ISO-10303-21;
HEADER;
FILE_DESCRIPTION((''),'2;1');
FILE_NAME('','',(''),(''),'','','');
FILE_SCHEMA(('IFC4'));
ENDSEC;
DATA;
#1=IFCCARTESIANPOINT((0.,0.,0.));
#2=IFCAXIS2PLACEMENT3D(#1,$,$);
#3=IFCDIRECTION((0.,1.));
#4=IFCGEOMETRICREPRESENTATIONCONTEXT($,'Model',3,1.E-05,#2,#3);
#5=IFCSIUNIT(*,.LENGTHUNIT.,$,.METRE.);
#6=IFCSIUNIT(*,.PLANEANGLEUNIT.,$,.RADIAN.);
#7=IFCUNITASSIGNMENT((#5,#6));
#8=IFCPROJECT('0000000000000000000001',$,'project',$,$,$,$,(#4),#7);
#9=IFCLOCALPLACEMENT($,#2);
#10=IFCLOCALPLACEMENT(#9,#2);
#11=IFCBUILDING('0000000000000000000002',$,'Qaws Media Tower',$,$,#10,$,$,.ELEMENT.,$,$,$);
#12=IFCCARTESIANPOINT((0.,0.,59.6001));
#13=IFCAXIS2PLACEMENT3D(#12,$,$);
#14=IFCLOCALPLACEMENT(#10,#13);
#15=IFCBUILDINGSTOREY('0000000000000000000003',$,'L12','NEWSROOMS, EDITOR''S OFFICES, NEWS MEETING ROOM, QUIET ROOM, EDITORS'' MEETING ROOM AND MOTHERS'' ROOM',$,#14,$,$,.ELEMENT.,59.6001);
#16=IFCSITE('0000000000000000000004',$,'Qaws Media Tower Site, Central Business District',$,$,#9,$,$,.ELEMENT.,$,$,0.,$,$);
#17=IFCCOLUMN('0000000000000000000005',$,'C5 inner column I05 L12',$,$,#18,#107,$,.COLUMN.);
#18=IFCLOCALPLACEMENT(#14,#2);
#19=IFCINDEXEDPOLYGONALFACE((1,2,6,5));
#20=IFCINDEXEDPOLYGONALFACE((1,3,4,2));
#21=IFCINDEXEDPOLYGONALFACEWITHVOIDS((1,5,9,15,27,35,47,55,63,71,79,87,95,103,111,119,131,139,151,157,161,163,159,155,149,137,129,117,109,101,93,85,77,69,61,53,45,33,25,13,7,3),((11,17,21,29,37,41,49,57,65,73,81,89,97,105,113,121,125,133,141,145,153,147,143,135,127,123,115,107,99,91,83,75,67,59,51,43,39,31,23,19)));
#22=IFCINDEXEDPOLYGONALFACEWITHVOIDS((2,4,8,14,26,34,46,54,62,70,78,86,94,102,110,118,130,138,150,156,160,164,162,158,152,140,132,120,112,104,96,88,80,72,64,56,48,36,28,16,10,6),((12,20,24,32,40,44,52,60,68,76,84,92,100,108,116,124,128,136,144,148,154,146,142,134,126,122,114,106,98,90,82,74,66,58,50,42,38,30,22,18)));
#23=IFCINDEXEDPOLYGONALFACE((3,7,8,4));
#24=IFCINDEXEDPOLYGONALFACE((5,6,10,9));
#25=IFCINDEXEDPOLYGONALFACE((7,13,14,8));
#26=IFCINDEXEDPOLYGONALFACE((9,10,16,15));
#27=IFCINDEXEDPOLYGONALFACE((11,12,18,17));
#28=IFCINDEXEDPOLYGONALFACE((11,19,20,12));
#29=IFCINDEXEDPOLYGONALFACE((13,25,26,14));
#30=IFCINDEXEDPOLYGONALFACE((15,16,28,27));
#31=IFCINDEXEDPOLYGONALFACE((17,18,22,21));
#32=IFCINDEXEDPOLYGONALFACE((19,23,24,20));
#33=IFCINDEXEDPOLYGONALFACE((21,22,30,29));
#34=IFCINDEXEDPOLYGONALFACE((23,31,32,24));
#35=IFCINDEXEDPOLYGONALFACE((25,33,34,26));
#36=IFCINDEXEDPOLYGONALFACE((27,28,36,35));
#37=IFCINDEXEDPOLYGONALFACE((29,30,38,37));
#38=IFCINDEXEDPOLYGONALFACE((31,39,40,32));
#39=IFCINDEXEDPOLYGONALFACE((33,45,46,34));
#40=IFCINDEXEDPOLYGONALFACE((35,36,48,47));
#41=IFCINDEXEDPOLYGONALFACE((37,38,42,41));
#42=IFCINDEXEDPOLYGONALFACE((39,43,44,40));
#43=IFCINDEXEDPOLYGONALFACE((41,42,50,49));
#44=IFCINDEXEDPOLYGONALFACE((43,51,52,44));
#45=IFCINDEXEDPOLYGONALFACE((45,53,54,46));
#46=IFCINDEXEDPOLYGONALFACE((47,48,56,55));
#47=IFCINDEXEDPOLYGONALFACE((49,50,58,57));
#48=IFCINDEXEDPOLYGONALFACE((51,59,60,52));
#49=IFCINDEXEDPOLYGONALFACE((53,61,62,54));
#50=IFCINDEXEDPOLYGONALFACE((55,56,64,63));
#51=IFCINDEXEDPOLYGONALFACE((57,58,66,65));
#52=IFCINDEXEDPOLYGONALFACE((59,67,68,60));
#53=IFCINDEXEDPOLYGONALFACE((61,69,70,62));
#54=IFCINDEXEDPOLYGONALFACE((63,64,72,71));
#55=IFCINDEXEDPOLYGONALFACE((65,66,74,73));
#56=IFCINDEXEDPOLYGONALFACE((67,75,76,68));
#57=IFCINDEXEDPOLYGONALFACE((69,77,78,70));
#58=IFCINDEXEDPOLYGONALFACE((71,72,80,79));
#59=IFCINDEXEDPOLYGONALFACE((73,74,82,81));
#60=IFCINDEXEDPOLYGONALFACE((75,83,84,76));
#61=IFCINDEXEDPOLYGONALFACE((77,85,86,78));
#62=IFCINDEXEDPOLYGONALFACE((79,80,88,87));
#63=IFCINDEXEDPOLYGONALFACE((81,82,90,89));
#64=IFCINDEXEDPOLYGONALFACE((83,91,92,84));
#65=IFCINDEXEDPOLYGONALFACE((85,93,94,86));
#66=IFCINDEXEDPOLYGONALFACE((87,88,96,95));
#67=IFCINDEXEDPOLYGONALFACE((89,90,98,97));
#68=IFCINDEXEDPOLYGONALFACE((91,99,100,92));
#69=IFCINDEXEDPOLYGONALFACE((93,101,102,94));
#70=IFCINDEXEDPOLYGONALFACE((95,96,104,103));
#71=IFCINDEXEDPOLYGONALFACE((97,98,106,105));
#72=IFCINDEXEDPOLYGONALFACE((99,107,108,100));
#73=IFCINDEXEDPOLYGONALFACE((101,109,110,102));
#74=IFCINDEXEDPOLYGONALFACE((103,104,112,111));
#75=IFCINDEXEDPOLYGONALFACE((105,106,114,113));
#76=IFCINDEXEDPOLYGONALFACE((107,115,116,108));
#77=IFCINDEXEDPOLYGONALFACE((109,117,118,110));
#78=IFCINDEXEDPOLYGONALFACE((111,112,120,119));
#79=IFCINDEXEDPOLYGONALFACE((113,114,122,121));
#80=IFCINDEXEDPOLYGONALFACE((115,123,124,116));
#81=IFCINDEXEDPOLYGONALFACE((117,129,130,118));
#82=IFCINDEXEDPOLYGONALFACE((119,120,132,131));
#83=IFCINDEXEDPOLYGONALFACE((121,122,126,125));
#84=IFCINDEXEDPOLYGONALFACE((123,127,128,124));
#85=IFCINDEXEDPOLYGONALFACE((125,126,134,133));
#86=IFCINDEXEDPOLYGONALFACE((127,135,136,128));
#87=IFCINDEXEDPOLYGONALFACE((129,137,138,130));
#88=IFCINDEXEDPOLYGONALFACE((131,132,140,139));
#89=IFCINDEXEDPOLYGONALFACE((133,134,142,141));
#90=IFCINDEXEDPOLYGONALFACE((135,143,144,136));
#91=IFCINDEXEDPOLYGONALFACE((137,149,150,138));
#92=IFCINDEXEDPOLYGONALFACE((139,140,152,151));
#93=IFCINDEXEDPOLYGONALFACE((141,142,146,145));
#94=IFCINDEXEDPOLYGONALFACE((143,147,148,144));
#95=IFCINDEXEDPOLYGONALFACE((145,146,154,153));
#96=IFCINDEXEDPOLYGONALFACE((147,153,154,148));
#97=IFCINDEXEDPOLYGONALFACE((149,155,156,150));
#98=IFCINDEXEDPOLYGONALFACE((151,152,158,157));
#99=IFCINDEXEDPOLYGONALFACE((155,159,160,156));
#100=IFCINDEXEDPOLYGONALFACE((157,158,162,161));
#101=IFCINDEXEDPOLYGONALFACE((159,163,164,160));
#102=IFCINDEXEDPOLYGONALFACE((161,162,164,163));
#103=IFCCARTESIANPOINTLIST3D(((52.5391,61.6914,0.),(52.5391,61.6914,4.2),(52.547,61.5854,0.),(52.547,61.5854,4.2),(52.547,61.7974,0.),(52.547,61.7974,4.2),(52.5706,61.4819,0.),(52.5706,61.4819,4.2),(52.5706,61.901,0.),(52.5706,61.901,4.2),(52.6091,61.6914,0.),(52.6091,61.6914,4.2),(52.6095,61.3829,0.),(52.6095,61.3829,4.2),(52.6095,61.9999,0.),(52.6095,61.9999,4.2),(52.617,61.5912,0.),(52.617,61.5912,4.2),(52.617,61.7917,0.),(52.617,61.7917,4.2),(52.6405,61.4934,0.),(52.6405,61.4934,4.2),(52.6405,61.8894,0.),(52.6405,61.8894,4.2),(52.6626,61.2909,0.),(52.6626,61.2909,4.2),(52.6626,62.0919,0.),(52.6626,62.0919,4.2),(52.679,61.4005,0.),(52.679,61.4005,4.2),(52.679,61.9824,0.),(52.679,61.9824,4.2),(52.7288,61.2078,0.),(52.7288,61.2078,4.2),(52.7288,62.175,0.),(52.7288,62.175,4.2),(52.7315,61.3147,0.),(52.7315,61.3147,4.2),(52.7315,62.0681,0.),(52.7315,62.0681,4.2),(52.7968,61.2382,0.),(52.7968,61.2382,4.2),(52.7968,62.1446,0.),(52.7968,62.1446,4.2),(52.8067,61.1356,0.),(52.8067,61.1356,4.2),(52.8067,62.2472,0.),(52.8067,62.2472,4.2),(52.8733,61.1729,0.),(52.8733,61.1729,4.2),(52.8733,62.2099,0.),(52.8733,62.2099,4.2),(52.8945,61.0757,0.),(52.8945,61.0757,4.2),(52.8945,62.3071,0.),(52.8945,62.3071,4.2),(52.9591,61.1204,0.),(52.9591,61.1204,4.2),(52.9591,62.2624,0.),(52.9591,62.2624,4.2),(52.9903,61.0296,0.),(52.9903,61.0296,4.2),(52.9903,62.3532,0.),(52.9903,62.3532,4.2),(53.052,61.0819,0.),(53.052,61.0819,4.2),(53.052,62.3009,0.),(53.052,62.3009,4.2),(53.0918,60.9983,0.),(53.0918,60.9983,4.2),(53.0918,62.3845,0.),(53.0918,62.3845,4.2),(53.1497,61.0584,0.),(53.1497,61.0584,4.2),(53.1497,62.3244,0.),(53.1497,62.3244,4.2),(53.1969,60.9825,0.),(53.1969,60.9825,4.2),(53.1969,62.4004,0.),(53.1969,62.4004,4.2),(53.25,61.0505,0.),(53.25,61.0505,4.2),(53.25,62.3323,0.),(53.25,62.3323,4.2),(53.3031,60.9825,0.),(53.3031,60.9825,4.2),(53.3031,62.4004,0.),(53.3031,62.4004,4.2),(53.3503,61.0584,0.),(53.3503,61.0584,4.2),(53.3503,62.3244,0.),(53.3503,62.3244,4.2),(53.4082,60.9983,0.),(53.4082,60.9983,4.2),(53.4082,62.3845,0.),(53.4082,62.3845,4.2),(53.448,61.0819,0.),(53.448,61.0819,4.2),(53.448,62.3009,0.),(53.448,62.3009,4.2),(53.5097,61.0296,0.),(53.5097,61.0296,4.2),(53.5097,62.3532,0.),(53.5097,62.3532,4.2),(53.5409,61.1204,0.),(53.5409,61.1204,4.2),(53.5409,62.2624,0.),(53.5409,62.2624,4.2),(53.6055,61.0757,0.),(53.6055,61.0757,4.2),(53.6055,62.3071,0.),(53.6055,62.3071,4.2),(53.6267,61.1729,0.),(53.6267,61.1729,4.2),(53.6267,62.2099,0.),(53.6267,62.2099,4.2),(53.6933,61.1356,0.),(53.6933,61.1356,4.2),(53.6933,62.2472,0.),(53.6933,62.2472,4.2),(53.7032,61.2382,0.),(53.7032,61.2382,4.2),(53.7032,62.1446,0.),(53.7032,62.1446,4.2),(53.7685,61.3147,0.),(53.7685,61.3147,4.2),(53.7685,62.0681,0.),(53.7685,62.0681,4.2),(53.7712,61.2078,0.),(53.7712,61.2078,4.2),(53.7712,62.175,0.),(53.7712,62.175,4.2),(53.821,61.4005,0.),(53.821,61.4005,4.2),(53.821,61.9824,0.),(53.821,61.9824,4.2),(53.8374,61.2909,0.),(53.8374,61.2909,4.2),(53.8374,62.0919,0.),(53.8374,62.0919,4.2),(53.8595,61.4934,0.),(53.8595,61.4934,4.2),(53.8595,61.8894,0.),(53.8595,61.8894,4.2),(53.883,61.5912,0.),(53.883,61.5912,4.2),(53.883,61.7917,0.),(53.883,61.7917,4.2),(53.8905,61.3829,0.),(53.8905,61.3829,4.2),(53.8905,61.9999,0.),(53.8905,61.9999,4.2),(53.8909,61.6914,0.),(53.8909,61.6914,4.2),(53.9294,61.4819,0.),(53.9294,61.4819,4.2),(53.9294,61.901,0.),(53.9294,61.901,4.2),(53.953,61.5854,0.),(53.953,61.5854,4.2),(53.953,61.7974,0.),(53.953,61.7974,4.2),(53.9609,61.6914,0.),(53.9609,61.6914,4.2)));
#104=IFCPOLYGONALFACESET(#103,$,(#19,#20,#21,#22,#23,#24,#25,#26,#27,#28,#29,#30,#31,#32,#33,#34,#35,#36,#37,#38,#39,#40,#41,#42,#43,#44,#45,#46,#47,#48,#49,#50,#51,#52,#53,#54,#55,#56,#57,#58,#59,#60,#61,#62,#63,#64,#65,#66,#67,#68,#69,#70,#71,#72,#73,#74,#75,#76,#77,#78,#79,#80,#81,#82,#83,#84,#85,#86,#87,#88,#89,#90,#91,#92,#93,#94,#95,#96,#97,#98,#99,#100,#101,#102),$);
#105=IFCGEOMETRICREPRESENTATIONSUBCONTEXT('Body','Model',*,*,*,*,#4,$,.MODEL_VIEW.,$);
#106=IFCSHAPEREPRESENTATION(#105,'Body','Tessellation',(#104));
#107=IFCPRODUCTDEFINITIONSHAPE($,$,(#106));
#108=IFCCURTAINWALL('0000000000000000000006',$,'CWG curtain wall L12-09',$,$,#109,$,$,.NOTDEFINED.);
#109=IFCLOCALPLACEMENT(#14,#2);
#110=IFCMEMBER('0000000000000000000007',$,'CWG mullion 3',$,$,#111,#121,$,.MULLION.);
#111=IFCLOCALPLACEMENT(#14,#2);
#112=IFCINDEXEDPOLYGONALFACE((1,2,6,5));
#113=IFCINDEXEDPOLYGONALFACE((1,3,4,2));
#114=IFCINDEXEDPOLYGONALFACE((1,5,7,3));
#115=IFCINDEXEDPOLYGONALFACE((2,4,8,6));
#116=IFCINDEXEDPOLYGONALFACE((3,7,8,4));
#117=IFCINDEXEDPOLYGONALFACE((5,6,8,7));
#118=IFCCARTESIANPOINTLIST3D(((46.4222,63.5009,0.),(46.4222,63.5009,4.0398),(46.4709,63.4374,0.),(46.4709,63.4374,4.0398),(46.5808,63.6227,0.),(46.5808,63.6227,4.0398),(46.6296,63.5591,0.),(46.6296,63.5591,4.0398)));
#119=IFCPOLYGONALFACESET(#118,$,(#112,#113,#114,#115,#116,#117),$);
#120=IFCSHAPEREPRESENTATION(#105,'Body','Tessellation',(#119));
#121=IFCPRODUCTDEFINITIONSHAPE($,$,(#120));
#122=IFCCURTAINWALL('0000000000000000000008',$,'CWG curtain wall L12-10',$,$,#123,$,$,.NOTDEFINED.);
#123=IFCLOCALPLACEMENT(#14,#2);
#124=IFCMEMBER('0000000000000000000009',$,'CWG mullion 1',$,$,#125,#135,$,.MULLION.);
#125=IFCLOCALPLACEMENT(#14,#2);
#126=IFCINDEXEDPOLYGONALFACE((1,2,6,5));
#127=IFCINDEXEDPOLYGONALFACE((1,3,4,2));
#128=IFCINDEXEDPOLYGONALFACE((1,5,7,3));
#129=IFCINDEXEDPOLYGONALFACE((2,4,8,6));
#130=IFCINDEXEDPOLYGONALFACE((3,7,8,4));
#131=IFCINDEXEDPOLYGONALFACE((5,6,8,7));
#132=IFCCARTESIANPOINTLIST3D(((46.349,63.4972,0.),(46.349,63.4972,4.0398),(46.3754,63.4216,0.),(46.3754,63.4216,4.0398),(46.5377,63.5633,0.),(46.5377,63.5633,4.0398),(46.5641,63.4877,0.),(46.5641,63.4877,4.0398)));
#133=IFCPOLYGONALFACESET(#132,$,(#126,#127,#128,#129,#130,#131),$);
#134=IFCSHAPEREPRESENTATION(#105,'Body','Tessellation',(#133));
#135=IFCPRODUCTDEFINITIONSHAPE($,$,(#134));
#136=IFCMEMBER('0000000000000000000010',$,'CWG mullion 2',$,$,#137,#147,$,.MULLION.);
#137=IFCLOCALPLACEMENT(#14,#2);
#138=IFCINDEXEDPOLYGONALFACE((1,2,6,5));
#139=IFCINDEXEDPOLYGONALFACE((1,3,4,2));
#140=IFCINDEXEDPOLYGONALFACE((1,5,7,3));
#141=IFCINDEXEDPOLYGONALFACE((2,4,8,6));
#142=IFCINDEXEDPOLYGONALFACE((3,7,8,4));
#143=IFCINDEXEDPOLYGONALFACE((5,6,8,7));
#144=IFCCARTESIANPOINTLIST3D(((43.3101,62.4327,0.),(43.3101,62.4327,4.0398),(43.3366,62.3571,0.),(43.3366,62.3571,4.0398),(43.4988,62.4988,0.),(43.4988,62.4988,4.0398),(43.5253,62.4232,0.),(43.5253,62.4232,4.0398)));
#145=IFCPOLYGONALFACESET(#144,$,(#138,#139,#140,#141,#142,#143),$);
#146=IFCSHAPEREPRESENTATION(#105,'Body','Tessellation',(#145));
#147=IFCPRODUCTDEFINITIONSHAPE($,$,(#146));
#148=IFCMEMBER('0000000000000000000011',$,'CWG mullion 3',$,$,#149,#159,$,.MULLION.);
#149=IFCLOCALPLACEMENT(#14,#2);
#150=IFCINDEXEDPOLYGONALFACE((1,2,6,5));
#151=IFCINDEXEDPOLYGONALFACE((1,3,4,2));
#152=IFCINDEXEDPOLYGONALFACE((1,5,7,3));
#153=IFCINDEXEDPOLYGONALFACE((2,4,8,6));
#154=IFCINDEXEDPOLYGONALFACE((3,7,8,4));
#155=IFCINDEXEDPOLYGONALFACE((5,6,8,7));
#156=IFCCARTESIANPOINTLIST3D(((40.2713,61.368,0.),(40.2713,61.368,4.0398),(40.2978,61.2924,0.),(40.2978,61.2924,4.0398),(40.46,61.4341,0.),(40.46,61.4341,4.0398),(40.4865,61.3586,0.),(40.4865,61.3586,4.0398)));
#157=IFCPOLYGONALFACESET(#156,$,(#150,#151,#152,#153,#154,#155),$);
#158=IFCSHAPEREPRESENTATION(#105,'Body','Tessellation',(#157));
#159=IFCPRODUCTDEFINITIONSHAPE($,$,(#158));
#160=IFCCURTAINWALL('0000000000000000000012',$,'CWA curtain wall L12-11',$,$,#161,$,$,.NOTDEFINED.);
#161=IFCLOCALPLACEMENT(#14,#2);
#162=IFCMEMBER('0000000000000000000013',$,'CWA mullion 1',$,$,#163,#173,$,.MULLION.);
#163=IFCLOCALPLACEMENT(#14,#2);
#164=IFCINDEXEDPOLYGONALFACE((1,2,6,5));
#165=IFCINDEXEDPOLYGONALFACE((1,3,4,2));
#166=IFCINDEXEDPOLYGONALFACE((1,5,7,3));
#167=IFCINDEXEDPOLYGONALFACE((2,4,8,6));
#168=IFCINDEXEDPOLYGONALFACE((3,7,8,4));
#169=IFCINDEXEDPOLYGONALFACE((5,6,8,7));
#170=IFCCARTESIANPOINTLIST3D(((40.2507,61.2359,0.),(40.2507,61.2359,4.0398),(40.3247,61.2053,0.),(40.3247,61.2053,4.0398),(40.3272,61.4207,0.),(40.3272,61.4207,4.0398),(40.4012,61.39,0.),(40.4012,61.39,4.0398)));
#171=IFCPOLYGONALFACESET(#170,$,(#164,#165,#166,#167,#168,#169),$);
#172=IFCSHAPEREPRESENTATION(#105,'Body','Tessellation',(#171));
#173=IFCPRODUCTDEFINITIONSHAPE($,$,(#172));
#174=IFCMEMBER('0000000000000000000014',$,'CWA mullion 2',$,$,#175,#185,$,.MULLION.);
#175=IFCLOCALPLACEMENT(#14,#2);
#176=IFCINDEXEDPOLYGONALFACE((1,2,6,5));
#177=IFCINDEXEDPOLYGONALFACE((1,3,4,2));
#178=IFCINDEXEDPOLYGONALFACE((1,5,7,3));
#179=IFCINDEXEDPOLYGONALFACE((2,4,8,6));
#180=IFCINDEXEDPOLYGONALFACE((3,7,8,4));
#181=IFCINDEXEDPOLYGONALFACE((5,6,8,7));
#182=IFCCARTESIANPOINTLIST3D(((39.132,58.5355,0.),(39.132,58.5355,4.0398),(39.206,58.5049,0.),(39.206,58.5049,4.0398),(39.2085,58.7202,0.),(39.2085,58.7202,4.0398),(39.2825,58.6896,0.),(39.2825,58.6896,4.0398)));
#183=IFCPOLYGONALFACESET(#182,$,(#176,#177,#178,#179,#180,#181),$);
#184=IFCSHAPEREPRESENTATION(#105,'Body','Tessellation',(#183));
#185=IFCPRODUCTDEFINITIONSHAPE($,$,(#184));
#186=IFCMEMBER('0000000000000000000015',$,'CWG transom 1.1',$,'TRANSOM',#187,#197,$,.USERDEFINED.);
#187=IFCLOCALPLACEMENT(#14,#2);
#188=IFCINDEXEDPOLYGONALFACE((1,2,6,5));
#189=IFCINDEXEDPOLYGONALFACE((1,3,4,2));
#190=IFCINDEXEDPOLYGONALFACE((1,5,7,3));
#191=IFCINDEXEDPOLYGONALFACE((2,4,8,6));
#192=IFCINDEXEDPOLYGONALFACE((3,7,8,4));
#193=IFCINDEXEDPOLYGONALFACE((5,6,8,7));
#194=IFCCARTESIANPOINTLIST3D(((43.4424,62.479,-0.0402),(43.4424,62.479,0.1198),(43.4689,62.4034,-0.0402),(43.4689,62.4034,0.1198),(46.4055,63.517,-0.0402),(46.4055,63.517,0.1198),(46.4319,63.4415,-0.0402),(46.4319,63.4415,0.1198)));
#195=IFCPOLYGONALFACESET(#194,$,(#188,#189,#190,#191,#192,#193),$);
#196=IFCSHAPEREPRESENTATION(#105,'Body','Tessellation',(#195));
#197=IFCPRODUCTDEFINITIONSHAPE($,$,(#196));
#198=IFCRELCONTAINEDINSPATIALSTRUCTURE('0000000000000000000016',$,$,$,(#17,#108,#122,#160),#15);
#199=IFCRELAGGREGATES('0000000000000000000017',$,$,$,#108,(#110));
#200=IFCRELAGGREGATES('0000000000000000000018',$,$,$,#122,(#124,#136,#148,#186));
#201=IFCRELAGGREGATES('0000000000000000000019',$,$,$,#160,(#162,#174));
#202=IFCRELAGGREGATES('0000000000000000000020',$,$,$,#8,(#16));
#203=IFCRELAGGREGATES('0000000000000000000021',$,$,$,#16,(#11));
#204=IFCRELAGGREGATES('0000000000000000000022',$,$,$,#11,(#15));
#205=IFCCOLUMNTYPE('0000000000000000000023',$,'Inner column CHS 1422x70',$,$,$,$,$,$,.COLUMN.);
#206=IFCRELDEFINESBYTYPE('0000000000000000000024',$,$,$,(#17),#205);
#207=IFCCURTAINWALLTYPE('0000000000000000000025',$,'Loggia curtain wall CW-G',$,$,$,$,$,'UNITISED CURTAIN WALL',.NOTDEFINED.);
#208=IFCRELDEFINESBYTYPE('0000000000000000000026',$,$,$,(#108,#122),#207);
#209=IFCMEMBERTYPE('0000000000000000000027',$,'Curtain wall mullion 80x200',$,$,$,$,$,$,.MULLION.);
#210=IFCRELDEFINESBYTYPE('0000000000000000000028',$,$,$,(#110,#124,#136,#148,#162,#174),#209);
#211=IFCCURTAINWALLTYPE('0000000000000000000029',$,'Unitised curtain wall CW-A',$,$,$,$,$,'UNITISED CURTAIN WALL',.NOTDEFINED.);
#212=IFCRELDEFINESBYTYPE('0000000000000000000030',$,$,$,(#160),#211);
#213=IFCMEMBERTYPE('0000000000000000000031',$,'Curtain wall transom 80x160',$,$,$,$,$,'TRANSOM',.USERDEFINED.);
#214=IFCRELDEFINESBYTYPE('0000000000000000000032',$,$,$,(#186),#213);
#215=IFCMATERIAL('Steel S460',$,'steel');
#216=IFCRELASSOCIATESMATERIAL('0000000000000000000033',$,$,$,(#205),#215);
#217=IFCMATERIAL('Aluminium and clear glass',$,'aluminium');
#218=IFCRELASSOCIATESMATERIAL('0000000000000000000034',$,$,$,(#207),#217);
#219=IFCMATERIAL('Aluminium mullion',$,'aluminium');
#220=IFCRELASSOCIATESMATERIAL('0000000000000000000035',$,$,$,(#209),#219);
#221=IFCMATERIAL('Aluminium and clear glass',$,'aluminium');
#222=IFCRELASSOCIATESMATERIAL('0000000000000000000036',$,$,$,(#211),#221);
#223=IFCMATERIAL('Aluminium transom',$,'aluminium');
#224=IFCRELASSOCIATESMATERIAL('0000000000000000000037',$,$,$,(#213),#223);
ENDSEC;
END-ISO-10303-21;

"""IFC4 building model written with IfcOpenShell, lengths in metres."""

from ifc_helpers import new_model, si_unit, direction, frame, origin, origin_2d, place, context, subcontext, project, spatial, rectangle, hollow_circle, extrude, material, material_profile, profile_set, type_object, element, aggregate, save


model = new_model("IFC4")

# Units and contexts
model_context = context("Model", 3, precision=1e-05, world=origin(), true_north=direction((0.0, 1.0)))
body_context = subcontext(model_context, "Body", "Model", "MODEL_VIEW")
ifc_project = project(units=[si_unit("LENGTHUNIT", "METRE"), si_unit("PLANEANGLEUNIT", "RADIAN")], contexts=[model_context])

# Site, building, storey
site_placement = place(None, origin())
site = spatial("IfcSite", under=ifc_project, at=site_placement, Name="Qaws Media Tower Site, Central Business District", CompositionType="ELEMENT", RefElevation=0.0)
building_placement = place(site_placement, origin())
building = spatial("IfcBuilding", under=site, at=building_placement, Name="Qaws Media Tower", CompositionType="ELEMENT")
storey_placement = place(building_placement, frame((0.0, 0.0, 59.6001)))
storey = spatial("IfcBuildingStorey", under=building, at=storey_placement, Name="L12", Description="NEWSROOMS, EDITOR'S OFFICES, NEWS MEETING ROOM, QUIET ROOM, EDITORS' MEETING ROOM AND MOTHERS' ROOM", CompositionType="ELEMENT", Elevation=59.6001)

# Column
ifc_material_1 = material(Name="Steel S460", Category="steel")
ifc_material_profile_1 = material_profile(ifc_material_1, hollow_circle(Radius=0.7109, WallThickness=0.0701, at=origin_2d()), Name="CHS 1422x70")
ifc_profile_set_1 = profile_set([ifc_material_profile_1], Name="Steel S460")
column_type = type_object("IfcColumnType", Name="Inner column CHS 1422x70", PredefinedType="COLUMN", material=ifc_profile_set_1)
column_placement = place(storey_placement, frame((53.25, 61.6914, 0.0), z_axis=(0.0, 0.0, 1.0), x_axis=(1.0, 0.0, 0.0)))
element("IfcColumn", 1, at=column_placement, inside=storey, type_object=column_type, Name="C5 inner column I05 L12", PredefinedType="COLUMN", context=body_context, shape_type="SweptSolid", body=[
    extrude(hollow_circle(Radius=0.7109, WallThickness=0.0701, at=origin_2d()), origin(), (0.0, 0.0, 1.0), 4.2),
])

# Curtain wall, member
ifc_material_2 = material(Name="Aluminium and clear glass", Category="aluminium")
curtain_wall_type_1 = type_object("IfcCurtainWallType", Name="Loggia curtain wall CW-G", ElementType="UNITISED CURTAIN WALL", PredefinedType="NOTDEFINED", material=ifc_material_2)
curtain_wall_1_placement = place(storey_placement, origin())
curtain_wall_1 = element("IfcCurtainWall", 2, at=curtain_wall_1_placement, inside=storey, type_object=curtain_wall_type_1, Name="CWG curtain wall L12-09", PredefinedType="NOTDEFINED")
ifc_material_3 = material(Name="Aluminium mullion", Category="aluminium")
ifc_material_profile_2 = material_profile(ifc_material_3, rectangle(XDim=0.0801, YDim=0.2, at=origin_2d()), Name="80x200")
ifc_profile_set_2 = profile_set([ifc_material_profile_2], Name="Aluminium mullion")
member_type_1 = type_object("IfcMemberType", Name="Curtain wall mullion 80x200", PredefinedType="MULLION", material=ifc_profile_set_2)
member_1_placement = place(storey_placement, frame((46.5259, 63.53, 0.0), z_axis=(0.0, 0.0, 1.0), x_axis=(0.608761, -0.793353, 0.0)))
member_1 = element("IfcMember", 3, at=member_1_placement, type_object=member_type_1, Name="CWG mullion 3", PredefinedType="MULLION", context=body_context, shape_type="SweptSolid", body=[
    extrude(rectangle(XDim=0.0801, YDim=0.2, at=origin_2d()), origin(), (0.0, 0.0, 1.0), 4.0398),
])
aggregate(curtain_wall_1, [member_1])

# Curtain walls, members
curtain_wall_2_placement = place(storey_placement, origin())
curtain_wall_2 = element("IfcCurtainWall", 4, at=curtain_wall_2_placement, inside=storey, type_object=curtain_wall_type_1, Name="CWG curtain wall L12-10", PredefinedType="NOTDEFINED")
member_2_placement = place(storey_placement, frame((46.4565, 63.4924, 0.0), z_axis=(0.0, 0.0, 1.0), x_axis=(0.330648, -0.943754, 0.0)))
member_2 = element("IfcMember", 5, at=member_2_placement, type_object=member_type_1, Name="CWG mullion 1", PredefinedType="MULLION", context=body_context, shape_type="SweptSolid", body=[
    extrude(rectangle(XDim=0.0801, YDim=0.2, at=origin_2d()), origin(), (0.0, 0.0, 1.0), 4.0398),
])
member_3_placement = place(storey_placement, frame((43.4177, 62.428, 0.0), z_axis=(0.0, 0.0, 1.0), x_axis=(0.330648, -0.943754, 0.0)))
member_3 = element("IfcMember", 6, at=member_3_placement, type_object=member_type_1, Name="CWG mullion 2", PredefinedType="MULLION", context=body_context, shape_type="SweptSolid", body=[
    extrude(rectangle(XDim=0.0801, YDim=0.2, at=origin_2d()), origin(), (0.0, 0.0, 1.0), 4.0398),
])
member_4_placement = place(storey_placement, frame((40.3789, 61.3633, 0.0), z_axis=(0.0, 0.0, 1.0), x_axis=(0.330648, -0.943754, 0.0)))
member_4 = element("IfcMember", 7, at=member_4_placement, type_object=member_type_1, Name="CWG mullion 3", PredefinedType="MULLION", context=body_context, shape_type="SweptSolid", body=[
    extrude(rectangle(XDim=0.0801, YDim=0.2, at=origin_2d()), origin(), (0.0, 0.0, 1.0), 4.0398),
])
ifc_material_4 = material(Name="Aluminium and clear glass", Category="aluminium")
curtain_wall_type_2 = type_object("IfcCurtainWallType", Name="Unitised curtain wall CW-A", ElementType="UNITISED CURTAIN WALL", PredefinedType="NOTDEFINED", material=ifc_material_4)
curtain_wall_3_placement = place(storey_placement, origin())
curtain_wall_3 = element("IfcCurtainWall", 8, at=curtain_wall_3_placement, inside=storey, type_object=curtain_wall_type_2, Name="CWA curtain wall L12-11", PredefinedType="NOTDEFINED")
member_5_placement = place(storey_placement, frame((40.3259, 61.313, 0.0), z_axis=(0.0, 0.0, 1.0), x_axis=(0.92388, -0.382683, 0.0)))
member_5 = element("IfcMember", 9, at=member_5_placement, type_object=member_type_1, Name="CWA mullion 1", PredefinedType="MULLION", context=body_context, shape_type="SweptSolid", body=[
    extrude(rectangle(XDim=0.0801, YDim=0.2, at=origin_2d()), origin(), (0.0, 0.0, 1.0), 4.0398),
])
member_6_placement = place(storey_placement, frame((39.2073, 58.6125, 0.0), z_axis=(0.0, 0.0, 1.0), x_axis=(0.92388, -0.382683, 0.0)))
member_6 = element("IfcMember", 10, at=member_6_placement, type_object=member_type_1, Name="CWA mullion 2", PredefinedType="MULLION", context=body_context, shape_type="SweptSolid", body=[
    extrude(rectangle(XDim=0.0801, YDim=0.2, at=origin_2d()), origin(), (0.0, 0.0, 1.0), 4.0398),
])

# Member
ifc_material_5 = material(Name="Aluminium transom", Category="aluminium")
ifc_material_profile_3 = material_profile(ifc_material_5, rectangle(XDim=0.0801, YDim=0.1599, at=origin_2d()), Name="80x160")
ifc_profile_set_3 = profile_set([ifc_material_profile_3], Name="Aluminium transom")
member_type_2 = type_object("IfcMemberType", Name="Curtain wall transom 80x160", ElementType="TRANSOM", PredefinedType="USERDEFINED", material=ifc_profile_set_3)
member_7_placement = place(storey_placement, frame((46.4187, 63.4792, 0.0398), z_axis=(-0.94376, -0.330631, 0.0), x_axis=(0.330631, -0.94376, 0.0)))
member_7 = element("IfcMember", 11, at=member_7_placement, type_object=member_type_2, Name="CWG transom 1.1", ObjectType="TRANSOM", PredefinedType="USERDEFINED", context=body_context, shape_type="SweptSolid", body=[
    extrude(rectangle(XDim=0.0801, YDim=0.1599, at=origin_2d()), origin(), (0.0, 0.0, 1.0), 3.1396),
])

aggregate(curtain_wall_2, [member_2, member_3, member_4, member_7])
aggregate(curtain_wall_3, [member_5, member_6])

save(model, "model.ifc")
